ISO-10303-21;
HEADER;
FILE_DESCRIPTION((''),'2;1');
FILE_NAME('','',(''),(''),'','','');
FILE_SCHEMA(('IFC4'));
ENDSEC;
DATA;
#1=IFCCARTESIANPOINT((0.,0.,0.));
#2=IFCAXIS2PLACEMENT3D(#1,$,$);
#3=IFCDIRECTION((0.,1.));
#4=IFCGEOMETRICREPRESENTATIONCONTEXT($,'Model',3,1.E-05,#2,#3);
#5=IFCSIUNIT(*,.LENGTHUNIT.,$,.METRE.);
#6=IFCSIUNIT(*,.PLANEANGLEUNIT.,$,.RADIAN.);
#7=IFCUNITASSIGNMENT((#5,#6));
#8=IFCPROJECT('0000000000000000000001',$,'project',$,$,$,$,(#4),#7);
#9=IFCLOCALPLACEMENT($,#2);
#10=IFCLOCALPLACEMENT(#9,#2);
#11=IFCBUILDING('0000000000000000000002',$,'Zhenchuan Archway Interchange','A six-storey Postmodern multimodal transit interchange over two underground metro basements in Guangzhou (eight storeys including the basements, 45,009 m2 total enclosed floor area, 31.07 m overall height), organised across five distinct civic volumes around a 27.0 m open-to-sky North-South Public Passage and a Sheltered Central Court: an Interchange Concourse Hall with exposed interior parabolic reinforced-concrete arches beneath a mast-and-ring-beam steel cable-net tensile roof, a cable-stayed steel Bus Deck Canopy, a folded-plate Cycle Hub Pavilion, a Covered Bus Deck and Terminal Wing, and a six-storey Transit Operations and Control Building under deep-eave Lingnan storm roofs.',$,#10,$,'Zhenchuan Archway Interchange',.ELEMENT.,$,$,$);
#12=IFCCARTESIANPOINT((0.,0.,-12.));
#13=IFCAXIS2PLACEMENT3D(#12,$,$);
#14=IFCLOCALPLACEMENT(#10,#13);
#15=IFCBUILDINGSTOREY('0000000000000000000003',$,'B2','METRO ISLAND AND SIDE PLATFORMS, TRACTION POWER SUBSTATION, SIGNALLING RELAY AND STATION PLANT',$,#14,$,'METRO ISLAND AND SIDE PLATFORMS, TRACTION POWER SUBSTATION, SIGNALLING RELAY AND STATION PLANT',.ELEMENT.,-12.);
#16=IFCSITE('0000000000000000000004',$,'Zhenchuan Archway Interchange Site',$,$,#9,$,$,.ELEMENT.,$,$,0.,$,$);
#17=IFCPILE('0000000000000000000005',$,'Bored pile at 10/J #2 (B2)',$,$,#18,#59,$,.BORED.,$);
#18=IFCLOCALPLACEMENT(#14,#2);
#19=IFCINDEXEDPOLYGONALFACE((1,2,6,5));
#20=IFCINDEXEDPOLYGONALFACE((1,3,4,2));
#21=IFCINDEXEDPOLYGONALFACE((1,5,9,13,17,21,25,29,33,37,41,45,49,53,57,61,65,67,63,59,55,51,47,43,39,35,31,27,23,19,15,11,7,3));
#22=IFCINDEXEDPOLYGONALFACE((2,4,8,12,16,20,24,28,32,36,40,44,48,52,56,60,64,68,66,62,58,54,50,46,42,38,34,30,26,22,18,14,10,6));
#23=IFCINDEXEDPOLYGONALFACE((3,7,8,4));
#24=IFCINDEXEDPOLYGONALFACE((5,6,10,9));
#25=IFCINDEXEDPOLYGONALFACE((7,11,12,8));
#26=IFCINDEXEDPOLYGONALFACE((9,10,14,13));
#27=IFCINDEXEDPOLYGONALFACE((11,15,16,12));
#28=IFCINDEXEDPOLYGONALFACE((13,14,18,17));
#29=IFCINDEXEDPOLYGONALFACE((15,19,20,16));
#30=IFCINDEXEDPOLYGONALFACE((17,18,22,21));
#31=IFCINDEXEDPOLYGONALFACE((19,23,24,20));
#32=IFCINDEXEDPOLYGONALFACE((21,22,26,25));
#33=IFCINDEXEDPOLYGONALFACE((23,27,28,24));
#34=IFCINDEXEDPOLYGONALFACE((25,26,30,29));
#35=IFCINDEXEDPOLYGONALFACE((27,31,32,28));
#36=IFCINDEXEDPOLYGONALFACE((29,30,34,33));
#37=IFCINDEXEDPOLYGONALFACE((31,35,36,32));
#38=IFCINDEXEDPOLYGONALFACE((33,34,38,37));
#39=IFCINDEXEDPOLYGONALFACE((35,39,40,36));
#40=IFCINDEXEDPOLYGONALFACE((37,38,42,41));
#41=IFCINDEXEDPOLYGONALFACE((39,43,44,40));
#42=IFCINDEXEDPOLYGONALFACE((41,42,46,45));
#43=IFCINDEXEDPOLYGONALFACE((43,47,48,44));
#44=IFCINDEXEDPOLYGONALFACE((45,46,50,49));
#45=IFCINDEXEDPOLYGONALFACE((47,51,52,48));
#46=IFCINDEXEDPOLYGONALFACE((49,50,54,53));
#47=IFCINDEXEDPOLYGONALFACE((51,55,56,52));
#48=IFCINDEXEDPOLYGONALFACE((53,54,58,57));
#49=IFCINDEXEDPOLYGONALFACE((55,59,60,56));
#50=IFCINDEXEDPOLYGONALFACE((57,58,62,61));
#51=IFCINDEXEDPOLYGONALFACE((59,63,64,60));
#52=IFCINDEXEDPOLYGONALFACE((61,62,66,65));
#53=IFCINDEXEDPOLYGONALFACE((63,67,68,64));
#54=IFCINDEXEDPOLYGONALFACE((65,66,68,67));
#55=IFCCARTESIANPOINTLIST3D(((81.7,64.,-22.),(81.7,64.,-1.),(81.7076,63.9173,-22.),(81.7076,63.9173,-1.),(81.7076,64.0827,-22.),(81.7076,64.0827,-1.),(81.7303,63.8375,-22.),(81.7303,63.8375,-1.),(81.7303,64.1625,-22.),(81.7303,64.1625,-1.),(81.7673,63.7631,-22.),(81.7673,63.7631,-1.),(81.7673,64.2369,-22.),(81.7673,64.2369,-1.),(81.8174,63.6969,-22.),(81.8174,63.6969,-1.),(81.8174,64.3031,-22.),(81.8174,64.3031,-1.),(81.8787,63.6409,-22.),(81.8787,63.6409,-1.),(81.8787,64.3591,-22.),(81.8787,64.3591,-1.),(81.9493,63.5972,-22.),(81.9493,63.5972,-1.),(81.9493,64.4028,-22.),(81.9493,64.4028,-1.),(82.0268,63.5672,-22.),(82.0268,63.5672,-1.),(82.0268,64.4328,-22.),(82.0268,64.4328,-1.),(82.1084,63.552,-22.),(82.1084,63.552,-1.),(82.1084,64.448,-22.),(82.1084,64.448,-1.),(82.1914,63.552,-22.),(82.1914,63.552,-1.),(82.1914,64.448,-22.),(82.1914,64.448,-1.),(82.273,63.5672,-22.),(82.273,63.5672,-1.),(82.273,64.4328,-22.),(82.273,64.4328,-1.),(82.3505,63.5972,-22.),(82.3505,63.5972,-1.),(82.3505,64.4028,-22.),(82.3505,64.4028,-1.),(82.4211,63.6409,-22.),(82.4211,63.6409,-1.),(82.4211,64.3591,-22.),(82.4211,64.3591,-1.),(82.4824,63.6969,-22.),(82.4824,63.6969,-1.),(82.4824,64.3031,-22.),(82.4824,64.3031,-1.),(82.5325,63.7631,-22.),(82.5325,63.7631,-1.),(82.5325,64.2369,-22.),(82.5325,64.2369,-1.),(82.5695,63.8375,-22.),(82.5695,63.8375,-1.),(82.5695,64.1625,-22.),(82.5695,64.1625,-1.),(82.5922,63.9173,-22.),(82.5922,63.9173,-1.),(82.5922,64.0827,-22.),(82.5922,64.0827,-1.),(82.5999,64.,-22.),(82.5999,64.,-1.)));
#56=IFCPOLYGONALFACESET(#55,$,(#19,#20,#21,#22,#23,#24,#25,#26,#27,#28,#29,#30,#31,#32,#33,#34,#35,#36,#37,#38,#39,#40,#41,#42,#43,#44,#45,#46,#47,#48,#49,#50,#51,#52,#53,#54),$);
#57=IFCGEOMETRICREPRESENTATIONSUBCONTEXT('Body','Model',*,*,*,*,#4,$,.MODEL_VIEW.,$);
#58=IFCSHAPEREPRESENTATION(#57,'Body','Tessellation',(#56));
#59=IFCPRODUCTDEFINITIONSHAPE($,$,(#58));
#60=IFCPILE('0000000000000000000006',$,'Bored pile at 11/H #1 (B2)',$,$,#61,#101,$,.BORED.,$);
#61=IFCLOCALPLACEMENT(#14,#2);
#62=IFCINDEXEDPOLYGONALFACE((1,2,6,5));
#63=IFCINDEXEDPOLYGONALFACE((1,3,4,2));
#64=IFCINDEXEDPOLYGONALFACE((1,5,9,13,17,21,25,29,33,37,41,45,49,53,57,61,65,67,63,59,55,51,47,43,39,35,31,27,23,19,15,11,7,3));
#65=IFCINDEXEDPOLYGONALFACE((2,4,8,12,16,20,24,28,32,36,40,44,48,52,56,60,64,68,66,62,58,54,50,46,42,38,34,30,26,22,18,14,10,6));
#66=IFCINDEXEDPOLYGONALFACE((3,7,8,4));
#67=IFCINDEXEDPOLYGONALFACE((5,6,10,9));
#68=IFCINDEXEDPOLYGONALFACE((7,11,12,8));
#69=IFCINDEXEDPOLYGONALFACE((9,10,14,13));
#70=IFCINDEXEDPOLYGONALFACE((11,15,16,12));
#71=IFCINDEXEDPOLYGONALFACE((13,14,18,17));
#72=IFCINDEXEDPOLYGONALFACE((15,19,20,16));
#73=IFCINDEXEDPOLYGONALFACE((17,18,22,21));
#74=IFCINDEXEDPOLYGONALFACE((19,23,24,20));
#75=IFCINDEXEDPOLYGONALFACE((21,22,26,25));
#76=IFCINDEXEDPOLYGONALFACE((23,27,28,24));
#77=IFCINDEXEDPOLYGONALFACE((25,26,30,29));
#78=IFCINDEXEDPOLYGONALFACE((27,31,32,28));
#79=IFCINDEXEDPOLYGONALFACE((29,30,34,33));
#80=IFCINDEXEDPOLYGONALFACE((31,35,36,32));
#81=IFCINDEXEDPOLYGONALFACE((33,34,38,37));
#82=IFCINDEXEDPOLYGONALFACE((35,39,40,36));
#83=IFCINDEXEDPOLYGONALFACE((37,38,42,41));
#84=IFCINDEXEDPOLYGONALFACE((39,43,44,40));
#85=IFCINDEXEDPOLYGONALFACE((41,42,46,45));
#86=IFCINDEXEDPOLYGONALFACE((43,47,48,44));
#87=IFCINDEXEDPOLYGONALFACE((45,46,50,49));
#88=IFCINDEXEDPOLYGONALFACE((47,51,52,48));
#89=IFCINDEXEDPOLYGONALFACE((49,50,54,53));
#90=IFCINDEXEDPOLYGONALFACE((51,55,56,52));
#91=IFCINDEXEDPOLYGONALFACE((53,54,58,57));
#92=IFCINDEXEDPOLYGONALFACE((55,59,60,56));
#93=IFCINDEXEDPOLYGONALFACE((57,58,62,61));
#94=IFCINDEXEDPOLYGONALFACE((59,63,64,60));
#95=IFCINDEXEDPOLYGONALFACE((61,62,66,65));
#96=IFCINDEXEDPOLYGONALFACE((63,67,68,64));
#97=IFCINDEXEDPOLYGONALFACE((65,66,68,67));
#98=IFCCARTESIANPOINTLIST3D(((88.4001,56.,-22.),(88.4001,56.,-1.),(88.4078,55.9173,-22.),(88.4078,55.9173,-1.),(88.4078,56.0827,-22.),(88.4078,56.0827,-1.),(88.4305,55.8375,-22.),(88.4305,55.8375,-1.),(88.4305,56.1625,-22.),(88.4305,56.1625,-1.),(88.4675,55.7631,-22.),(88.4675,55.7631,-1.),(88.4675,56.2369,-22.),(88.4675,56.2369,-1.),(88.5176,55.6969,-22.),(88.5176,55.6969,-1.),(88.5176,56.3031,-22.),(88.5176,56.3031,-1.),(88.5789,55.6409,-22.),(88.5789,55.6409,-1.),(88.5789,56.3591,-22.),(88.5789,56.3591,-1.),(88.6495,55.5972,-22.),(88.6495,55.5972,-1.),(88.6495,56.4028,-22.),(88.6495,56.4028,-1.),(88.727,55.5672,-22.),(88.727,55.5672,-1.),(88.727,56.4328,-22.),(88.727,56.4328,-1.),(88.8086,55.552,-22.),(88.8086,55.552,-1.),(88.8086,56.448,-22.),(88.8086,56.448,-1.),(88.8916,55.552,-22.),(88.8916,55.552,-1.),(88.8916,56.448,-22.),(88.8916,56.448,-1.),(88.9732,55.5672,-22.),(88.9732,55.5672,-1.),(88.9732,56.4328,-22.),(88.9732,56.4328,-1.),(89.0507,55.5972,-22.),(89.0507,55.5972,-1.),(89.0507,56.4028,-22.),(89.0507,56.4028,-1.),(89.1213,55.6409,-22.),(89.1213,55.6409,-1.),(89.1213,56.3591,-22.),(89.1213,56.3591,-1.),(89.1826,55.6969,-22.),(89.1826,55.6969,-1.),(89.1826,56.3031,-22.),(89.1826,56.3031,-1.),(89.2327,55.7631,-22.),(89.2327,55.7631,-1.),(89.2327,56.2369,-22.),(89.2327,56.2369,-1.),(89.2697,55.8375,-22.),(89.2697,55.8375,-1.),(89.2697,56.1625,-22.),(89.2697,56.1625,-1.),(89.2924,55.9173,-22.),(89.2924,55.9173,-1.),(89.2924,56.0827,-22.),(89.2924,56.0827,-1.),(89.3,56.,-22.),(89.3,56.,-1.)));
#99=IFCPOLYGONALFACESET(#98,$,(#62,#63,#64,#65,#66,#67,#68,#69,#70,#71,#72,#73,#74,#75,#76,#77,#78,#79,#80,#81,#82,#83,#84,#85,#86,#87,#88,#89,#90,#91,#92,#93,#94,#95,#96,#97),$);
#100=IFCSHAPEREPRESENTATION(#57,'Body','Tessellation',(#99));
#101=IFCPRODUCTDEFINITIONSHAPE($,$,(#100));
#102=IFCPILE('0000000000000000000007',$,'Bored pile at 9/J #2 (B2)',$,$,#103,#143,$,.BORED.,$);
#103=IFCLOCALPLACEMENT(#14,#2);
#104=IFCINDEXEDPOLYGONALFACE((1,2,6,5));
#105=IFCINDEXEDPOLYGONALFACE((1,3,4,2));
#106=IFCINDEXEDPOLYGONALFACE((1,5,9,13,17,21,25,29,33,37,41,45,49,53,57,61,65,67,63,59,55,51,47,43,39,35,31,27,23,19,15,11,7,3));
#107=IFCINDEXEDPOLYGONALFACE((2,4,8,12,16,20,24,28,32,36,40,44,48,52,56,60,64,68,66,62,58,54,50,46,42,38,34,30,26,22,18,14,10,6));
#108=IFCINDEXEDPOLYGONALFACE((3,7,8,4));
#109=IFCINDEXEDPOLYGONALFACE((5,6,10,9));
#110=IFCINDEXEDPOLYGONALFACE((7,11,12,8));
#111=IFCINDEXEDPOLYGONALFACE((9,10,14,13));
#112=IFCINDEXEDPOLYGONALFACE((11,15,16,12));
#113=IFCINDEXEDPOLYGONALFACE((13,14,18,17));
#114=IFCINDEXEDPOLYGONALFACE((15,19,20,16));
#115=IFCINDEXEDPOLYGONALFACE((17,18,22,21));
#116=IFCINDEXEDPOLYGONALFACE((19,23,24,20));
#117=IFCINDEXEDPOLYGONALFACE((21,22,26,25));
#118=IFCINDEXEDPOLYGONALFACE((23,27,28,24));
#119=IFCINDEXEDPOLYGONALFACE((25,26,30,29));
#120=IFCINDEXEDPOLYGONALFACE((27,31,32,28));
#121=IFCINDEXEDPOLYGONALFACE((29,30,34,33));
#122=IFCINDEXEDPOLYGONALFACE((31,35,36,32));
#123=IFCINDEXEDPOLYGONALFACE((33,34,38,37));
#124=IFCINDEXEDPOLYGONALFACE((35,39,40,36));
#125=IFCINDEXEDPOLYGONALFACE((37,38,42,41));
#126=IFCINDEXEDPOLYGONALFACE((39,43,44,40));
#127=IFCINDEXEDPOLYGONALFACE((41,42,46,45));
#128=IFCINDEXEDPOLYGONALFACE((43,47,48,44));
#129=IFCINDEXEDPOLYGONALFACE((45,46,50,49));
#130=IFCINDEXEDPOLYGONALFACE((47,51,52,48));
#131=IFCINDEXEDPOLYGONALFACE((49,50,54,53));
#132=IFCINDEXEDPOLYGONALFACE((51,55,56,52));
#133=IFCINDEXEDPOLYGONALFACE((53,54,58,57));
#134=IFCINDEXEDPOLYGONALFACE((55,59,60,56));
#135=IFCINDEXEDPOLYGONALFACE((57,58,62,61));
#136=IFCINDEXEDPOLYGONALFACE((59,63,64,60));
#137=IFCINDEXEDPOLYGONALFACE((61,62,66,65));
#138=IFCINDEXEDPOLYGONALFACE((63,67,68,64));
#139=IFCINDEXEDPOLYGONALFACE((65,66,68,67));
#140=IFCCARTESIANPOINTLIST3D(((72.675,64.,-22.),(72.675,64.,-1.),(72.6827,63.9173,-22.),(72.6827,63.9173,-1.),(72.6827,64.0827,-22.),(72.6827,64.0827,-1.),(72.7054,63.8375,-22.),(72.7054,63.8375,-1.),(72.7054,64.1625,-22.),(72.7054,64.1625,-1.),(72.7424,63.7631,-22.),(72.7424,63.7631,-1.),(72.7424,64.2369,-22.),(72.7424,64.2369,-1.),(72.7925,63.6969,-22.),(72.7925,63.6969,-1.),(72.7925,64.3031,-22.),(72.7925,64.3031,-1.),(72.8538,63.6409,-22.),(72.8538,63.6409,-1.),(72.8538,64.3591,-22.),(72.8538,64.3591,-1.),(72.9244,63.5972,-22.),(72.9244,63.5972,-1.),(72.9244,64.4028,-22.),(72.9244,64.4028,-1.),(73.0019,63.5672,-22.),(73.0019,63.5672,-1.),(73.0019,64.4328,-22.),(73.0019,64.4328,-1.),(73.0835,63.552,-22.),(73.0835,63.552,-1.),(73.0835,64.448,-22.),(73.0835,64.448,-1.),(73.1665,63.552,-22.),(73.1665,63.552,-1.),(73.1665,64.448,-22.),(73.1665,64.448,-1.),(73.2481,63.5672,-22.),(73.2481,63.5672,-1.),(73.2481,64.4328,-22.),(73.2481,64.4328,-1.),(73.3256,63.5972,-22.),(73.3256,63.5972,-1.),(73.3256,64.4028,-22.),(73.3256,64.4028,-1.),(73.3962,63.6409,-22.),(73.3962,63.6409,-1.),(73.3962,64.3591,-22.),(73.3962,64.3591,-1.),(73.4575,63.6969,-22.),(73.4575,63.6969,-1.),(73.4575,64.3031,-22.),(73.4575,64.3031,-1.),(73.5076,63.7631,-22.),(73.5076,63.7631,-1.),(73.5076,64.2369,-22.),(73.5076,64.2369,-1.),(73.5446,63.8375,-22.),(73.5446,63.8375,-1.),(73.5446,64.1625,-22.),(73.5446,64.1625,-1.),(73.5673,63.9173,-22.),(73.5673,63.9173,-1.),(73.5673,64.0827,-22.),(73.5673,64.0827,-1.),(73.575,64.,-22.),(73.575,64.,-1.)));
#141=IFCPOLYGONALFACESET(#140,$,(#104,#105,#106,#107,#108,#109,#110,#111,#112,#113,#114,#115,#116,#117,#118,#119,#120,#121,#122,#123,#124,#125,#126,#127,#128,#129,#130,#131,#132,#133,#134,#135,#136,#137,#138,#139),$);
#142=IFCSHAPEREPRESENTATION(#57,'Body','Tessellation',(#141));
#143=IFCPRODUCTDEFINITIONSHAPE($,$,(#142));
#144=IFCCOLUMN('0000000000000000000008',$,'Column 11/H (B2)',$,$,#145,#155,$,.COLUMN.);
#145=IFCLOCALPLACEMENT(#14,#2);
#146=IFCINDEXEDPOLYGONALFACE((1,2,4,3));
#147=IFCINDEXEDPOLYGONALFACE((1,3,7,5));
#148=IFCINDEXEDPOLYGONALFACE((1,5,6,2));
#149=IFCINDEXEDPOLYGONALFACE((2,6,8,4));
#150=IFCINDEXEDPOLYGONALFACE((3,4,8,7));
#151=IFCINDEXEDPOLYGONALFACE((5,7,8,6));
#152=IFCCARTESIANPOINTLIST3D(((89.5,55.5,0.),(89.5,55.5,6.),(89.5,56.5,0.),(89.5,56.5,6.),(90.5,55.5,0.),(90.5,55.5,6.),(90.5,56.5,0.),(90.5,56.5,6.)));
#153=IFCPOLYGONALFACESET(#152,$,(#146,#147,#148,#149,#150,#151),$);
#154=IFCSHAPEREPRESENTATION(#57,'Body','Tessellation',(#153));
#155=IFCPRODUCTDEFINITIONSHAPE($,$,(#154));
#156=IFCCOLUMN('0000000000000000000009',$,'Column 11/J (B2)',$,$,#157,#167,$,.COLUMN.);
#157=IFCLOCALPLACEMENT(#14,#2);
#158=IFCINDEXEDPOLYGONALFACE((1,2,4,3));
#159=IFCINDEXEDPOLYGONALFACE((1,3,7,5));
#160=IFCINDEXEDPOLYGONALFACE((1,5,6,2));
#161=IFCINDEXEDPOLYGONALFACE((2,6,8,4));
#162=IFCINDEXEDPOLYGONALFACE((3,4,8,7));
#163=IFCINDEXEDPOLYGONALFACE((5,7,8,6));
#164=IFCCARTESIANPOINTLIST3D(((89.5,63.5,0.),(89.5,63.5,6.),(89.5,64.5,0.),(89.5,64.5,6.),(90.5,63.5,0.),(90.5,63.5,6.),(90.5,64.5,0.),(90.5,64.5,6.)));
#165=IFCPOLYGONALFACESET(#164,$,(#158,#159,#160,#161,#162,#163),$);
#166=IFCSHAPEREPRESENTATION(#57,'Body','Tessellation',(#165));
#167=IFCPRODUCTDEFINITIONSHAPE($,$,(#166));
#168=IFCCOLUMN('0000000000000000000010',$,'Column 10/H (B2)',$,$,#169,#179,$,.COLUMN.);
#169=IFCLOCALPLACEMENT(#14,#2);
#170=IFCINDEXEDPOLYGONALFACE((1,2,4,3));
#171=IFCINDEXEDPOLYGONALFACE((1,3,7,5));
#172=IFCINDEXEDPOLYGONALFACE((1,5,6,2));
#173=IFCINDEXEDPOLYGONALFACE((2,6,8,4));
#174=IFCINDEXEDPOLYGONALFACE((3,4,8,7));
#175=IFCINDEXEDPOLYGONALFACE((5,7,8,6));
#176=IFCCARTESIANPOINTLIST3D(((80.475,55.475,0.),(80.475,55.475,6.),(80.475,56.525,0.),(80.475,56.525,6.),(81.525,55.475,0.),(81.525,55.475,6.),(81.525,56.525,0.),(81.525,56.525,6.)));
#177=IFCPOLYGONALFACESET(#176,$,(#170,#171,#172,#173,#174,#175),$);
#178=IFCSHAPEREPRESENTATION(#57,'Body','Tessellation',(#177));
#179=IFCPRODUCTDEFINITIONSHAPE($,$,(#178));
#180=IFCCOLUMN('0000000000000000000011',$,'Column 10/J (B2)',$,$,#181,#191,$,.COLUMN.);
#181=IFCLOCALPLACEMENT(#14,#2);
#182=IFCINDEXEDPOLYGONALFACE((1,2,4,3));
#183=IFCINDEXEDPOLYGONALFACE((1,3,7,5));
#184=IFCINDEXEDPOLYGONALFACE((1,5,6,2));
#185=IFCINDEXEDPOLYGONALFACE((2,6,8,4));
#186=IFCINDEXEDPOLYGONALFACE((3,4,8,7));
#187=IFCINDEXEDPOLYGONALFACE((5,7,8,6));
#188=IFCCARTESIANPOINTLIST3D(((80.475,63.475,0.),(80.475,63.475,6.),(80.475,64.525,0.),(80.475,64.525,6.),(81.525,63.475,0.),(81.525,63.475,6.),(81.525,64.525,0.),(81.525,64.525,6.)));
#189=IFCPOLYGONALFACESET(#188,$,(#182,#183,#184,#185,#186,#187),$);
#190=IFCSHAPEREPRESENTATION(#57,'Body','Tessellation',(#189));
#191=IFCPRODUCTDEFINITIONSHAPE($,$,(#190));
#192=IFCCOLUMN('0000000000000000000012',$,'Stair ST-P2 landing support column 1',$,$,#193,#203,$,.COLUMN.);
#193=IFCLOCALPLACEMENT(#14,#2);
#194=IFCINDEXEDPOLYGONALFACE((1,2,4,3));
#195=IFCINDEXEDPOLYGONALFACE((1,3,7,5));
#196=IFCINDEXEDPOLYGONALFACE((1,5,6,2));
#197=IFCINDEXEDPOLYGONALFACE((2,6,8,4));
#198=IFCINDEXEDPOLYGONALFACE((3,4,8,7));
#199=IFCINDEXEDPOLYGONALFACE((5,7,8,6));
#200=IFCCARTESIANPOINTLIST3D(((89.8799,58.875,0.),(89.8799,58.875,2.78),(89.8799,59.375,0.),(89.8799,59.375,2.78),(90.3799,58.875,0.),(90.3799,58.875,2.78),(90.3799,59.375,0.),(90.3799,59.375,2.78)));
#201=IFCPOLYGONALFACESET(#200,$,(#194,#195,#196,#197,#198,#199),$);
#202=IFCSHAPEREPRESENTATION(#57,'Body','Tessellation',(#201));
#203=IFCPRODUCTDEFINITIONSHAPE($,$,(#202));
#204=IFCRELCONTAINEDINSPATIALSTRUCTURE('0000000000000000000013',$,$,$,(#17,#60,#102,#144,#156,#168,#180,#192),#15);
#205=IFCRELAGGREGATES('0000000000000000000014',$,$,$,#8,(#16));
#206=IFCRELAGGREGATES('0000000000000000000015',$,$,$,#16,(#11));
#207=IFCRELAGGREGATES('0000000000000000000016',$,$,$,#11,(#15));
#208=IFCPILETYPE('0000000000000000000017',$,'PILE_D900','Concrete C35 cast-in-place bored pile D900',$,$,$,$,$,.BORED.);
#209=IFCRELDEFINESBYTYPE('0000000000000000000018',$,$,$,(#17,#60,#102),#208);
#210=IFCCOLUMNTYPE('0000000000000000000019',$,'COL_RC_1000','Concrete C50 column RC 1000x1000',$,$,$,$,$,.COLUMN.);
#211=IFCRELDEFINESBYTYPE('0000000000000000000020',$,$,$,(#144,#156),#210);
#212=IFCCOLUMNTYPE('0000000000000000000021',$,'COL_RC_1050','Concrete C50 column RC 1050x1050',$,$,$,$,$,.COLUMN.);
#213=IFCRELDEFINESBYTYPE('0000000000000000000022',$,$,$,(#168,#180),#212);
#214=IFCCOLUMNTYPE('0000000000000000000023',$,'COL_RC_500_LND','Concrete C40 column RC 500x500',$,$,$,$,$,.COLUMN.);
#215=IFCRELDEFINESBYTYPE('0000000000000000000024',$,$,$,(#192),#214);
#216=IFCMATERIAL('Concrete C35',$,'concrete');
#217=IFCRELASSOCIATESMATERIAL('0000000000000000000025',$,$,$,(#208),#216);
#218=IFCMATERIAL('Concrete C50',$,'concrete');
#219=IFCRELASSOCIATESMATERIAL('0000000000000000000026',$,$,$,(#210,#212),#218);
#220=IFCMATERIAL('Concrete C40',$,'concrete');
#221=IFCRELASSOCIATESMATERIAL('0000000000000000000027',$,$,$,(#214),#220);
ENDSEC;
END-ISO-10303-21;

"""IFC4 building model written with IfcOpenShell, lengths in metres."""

from ifc_helpers import new_model, si_unit, direction, frame, origin, origin_2d, place, context, subcontext, project, spatial, rectangle, circle, extrude, material, material_profile, profile_set, type_object, element, save


model = new_model("IFC4")

# Units and contexts
model_context = context("Model", 3, precision=1e-05, world=origin(), true_north=direction((0.0, 1.0)))
body_context = subcontext(model_context, "Body", "Model", "MODEL_VIEW")
ifc_project = project(units=[si_unit("LENGTHUNIT", "METRE"), si_unit("PLANEANGLEUNIT", "RADIAN")], contexts=[model_context])

# Site, building, storey
site_placement = place(None, origin())
site = spatial("IfcSite", under=ifc_project, at=site_placement, Name="Zhenchuan Archway Interchange Site", CompositionType="ELEMENT", RefElevation=0.0)
building_placement = place(site_placement, origin())
building = spatial("IfcBuilding", under=site, at=building_placement, Name="Zhenchuan Archway Interchange", Description="A six-storey Postmodern multimodal transit interchange over two underground metro basements in Guangzhou (eight storeys including the basements, 45,009 m2 total enclosed floor area, 31.07 m overall height), organised across five distinct civic volumes around a 27.0 m open-to-sky North-South Public Passage and a Sheltered Central Court: an Interchange Concourse Hall with exposed interior parabolic reinforced-concrete arches beneath a mast-and-ring-beam steel cable-net tensile roof, a cable-stayed steel Bus Deck Canopy, a folded-plate Cycle Hub Pavilion, a Covered Bus Deck and Terminal Wing, and a six-storey Transit Operations and Control Building under deep-eave Lingnan storm roofs.", LongName="Zhenchuan Archway Interchange", CompositionType="ELEMENT")
storey_placement = place(building_placement, frame((0.0, 0.0, -12.0)))
storey = spatial("IfcBuildingStorey", under=building, at=storey_placement, Name="B2", Description="METRO ISLAND AND SIDE PLATFORMS, TRACTION POWER SUBSTATION, SIGNALLING RELAY AND STATION PLANT", LongName="METRO ISLAND AND SIDE PLATFORMS, TRACTION POWER SUBSTATION, SIGNALLING RELAY AND STATION PLANT", CompositionType="ELEMENT", Elevation=-12.0)

# Shared definitions
ifc_material_1 = material(Name="Concrete C40", Category="concrete")

# Piles
ifc_material_2 = material(Name="Concrete C35", Category="concrete")
ifc_material_profile_1 = material_profile(ifc_material_2, circle(Radius=0.45, at=origin_2d()), Name="BORED PILE 900")
ifc_profile_set_1 = profile_set([ifc_material_profile_1], Name="Concrete C35")
pile_type_1 = type_object("IfcPileType", Name="PILE_D900", Description="Concrete C35 cast-in-place bored pile D900", PredefinedType="BORED", material=ifc_profile_set_1)
for number, where, z_axis, x_axis, name in (
    (1, (82.1499, 64.0, -1.0), (0.0, 0.0, -1.0), (1.0, 0.0, 0.0), "Bored pile at 10/J #2 (B2)"),
    (2, (88.8501, 56.0, -1.0), (0.0, 0.0, -1.0), (1.0, 0.0, 0.0), "Bored pile at 11/H #1 (B2)"),
    (3, (73.125, 64.0, -1.0), (0.0, 0.0, -1.0), (1.0, 0.0, 0.0), "Bored pile at 9/J #2 (B2)"),
):
    element("IfcPile", number, at=place(storey_placement, frame(where, z_axis=z_axis, x_axis=x_axis)), inside=storey, type_object=pile_type_1, Name=name, PredefinedType="BORED", context=body_context, shape_type="SweptSolid", body=[
        extrude(circle(Radius=0.45, at=origin_2d()), origin(), (0.0, 0.0, 1.0), 21.0),
    ])

# Columns
ifc_material_3 = material(Name="Concrete C50", Category="concrete")
ifc_material_profile_2 = material_profile(ifc_material_3, rectangle(XDim=1.0, YDim=1.0, at=origin_2d()), Name="RC 1000x1000")
ifc_profile_set_2 = profile_set([ifc_material_profile_2], Name="Concrete C50")
column_type_1 = type_object("IfcColumnType", Name="COL_RC_1000", Description="Concrete C50 column RC 1000x1000", PredefinedType="COLUMN", material=ifc_profile_set_2)
for number, where, z_axis, x_axis, name in (
    (4, (90.0, 56.0, 0.0), (0.0, 0.0, 1.0), (1.0, 0.0, 0.0), "Column 11/H (B2)"),
    (5, (90.0, 64.0, 0.0), (0.0, 0.0, 1.0), (1.0, 0.0, 0.0), "Column 11/J (B2)"),
):
    element("IfcColumn", number, at=place(storey_placement, frame(where, z_axis=z_axis, x_axis=x_axis)), inside=storey, type_object=column_type_1, Name=name, PredefinedType="COLUMN", context=body_context, shape_type="SweptSolid", body=[
        extrude(rectangle(XDim=1.0, YDim=1.0, at=origin_2d()), origin(), (0.0, 0.0, 1.0), 6.0),
    ])
ifc_material_profile_3 = material_profile(ifc_material_3, rectangle(XDim=1.05, YDim=1.05, at=origin_2d()), Name="RC 1050x1050")
ifc_profile_set_3 = profile_set([ifc_material_profile_3], Name="Concrete C50")
column_type_2 = type_object("IfcColumnType", Name="COL_RC_1050", Description="Concrete C50 column RC 1050x1050", PredefinedType="COLUMN", material=ifc_profile_set_3)
for number, where, z_axis, x_axis, name in (
    (6, (81.0, 56.0, 0.0), (0.0, 0.0, 1.0), (1.0, 0.0, 0.0), "Column 10/H (B2)"),
    (7, (81.0, 64.0, 0.0), (0.0, 0.0, 1.0), (1.0, 0.0, 0.0), "Column 10/J (B2)"),
):
    element("IfcColumn", number, at=place(storey_placement, frame(where, z_axis=z_axis, x_axis=x_axis)), inside=storey, type_object=column_type_2, Name=name, PredefinedType="COLUMN", context=body_context, shape_type="SweptSolid", body=[
        extrude(rectangle(XDim=1.05, YDim=1.05, at=origin_2d()), origin(), (0.0, 0.0, 1.0), 6.0),
    ])
ifc_material_profile_4 = material_profile(ifc_material_1, rectangle(XDim=0.5, YDim=0.5, at=origin_2d()), Name="RC 500x500")
ifc_profile_set_4 = profile_set([ifc_material_profile_4], Name="Concrete C40")
column_type_3 = type_object("IfcColumnType", Name="COL_RC_500_LND", Description="Concrete C40 column RC 500x500", PredefinedType="COLUMN", material=ifc_profile_set_4)
for number, where, z_axis, x_axis, name in (
    (8, (90.1299, 59.125, 0.0), (0.0, 0.0, 1.0), (1.0, 0.0, 0.0), "Stair ST-P2 landing support column 1"),
):
    element("IfcColumn", number, at=place(storey_placement, frame(where, z_axis=z_axis, x_axis=x_axis)), inside=storey, type_object=column_type_3, Name=name, PredefinedType="COLUMN", context=body_context, shape_type="SweptSolid", body=[
        extrude(rectangle(XDim=0.5, YDim=0.5, at=origin_2d()), origin(), (0.0, 0.0, 1.0), 2.78),
    ])

save(model, "model.ifc")
